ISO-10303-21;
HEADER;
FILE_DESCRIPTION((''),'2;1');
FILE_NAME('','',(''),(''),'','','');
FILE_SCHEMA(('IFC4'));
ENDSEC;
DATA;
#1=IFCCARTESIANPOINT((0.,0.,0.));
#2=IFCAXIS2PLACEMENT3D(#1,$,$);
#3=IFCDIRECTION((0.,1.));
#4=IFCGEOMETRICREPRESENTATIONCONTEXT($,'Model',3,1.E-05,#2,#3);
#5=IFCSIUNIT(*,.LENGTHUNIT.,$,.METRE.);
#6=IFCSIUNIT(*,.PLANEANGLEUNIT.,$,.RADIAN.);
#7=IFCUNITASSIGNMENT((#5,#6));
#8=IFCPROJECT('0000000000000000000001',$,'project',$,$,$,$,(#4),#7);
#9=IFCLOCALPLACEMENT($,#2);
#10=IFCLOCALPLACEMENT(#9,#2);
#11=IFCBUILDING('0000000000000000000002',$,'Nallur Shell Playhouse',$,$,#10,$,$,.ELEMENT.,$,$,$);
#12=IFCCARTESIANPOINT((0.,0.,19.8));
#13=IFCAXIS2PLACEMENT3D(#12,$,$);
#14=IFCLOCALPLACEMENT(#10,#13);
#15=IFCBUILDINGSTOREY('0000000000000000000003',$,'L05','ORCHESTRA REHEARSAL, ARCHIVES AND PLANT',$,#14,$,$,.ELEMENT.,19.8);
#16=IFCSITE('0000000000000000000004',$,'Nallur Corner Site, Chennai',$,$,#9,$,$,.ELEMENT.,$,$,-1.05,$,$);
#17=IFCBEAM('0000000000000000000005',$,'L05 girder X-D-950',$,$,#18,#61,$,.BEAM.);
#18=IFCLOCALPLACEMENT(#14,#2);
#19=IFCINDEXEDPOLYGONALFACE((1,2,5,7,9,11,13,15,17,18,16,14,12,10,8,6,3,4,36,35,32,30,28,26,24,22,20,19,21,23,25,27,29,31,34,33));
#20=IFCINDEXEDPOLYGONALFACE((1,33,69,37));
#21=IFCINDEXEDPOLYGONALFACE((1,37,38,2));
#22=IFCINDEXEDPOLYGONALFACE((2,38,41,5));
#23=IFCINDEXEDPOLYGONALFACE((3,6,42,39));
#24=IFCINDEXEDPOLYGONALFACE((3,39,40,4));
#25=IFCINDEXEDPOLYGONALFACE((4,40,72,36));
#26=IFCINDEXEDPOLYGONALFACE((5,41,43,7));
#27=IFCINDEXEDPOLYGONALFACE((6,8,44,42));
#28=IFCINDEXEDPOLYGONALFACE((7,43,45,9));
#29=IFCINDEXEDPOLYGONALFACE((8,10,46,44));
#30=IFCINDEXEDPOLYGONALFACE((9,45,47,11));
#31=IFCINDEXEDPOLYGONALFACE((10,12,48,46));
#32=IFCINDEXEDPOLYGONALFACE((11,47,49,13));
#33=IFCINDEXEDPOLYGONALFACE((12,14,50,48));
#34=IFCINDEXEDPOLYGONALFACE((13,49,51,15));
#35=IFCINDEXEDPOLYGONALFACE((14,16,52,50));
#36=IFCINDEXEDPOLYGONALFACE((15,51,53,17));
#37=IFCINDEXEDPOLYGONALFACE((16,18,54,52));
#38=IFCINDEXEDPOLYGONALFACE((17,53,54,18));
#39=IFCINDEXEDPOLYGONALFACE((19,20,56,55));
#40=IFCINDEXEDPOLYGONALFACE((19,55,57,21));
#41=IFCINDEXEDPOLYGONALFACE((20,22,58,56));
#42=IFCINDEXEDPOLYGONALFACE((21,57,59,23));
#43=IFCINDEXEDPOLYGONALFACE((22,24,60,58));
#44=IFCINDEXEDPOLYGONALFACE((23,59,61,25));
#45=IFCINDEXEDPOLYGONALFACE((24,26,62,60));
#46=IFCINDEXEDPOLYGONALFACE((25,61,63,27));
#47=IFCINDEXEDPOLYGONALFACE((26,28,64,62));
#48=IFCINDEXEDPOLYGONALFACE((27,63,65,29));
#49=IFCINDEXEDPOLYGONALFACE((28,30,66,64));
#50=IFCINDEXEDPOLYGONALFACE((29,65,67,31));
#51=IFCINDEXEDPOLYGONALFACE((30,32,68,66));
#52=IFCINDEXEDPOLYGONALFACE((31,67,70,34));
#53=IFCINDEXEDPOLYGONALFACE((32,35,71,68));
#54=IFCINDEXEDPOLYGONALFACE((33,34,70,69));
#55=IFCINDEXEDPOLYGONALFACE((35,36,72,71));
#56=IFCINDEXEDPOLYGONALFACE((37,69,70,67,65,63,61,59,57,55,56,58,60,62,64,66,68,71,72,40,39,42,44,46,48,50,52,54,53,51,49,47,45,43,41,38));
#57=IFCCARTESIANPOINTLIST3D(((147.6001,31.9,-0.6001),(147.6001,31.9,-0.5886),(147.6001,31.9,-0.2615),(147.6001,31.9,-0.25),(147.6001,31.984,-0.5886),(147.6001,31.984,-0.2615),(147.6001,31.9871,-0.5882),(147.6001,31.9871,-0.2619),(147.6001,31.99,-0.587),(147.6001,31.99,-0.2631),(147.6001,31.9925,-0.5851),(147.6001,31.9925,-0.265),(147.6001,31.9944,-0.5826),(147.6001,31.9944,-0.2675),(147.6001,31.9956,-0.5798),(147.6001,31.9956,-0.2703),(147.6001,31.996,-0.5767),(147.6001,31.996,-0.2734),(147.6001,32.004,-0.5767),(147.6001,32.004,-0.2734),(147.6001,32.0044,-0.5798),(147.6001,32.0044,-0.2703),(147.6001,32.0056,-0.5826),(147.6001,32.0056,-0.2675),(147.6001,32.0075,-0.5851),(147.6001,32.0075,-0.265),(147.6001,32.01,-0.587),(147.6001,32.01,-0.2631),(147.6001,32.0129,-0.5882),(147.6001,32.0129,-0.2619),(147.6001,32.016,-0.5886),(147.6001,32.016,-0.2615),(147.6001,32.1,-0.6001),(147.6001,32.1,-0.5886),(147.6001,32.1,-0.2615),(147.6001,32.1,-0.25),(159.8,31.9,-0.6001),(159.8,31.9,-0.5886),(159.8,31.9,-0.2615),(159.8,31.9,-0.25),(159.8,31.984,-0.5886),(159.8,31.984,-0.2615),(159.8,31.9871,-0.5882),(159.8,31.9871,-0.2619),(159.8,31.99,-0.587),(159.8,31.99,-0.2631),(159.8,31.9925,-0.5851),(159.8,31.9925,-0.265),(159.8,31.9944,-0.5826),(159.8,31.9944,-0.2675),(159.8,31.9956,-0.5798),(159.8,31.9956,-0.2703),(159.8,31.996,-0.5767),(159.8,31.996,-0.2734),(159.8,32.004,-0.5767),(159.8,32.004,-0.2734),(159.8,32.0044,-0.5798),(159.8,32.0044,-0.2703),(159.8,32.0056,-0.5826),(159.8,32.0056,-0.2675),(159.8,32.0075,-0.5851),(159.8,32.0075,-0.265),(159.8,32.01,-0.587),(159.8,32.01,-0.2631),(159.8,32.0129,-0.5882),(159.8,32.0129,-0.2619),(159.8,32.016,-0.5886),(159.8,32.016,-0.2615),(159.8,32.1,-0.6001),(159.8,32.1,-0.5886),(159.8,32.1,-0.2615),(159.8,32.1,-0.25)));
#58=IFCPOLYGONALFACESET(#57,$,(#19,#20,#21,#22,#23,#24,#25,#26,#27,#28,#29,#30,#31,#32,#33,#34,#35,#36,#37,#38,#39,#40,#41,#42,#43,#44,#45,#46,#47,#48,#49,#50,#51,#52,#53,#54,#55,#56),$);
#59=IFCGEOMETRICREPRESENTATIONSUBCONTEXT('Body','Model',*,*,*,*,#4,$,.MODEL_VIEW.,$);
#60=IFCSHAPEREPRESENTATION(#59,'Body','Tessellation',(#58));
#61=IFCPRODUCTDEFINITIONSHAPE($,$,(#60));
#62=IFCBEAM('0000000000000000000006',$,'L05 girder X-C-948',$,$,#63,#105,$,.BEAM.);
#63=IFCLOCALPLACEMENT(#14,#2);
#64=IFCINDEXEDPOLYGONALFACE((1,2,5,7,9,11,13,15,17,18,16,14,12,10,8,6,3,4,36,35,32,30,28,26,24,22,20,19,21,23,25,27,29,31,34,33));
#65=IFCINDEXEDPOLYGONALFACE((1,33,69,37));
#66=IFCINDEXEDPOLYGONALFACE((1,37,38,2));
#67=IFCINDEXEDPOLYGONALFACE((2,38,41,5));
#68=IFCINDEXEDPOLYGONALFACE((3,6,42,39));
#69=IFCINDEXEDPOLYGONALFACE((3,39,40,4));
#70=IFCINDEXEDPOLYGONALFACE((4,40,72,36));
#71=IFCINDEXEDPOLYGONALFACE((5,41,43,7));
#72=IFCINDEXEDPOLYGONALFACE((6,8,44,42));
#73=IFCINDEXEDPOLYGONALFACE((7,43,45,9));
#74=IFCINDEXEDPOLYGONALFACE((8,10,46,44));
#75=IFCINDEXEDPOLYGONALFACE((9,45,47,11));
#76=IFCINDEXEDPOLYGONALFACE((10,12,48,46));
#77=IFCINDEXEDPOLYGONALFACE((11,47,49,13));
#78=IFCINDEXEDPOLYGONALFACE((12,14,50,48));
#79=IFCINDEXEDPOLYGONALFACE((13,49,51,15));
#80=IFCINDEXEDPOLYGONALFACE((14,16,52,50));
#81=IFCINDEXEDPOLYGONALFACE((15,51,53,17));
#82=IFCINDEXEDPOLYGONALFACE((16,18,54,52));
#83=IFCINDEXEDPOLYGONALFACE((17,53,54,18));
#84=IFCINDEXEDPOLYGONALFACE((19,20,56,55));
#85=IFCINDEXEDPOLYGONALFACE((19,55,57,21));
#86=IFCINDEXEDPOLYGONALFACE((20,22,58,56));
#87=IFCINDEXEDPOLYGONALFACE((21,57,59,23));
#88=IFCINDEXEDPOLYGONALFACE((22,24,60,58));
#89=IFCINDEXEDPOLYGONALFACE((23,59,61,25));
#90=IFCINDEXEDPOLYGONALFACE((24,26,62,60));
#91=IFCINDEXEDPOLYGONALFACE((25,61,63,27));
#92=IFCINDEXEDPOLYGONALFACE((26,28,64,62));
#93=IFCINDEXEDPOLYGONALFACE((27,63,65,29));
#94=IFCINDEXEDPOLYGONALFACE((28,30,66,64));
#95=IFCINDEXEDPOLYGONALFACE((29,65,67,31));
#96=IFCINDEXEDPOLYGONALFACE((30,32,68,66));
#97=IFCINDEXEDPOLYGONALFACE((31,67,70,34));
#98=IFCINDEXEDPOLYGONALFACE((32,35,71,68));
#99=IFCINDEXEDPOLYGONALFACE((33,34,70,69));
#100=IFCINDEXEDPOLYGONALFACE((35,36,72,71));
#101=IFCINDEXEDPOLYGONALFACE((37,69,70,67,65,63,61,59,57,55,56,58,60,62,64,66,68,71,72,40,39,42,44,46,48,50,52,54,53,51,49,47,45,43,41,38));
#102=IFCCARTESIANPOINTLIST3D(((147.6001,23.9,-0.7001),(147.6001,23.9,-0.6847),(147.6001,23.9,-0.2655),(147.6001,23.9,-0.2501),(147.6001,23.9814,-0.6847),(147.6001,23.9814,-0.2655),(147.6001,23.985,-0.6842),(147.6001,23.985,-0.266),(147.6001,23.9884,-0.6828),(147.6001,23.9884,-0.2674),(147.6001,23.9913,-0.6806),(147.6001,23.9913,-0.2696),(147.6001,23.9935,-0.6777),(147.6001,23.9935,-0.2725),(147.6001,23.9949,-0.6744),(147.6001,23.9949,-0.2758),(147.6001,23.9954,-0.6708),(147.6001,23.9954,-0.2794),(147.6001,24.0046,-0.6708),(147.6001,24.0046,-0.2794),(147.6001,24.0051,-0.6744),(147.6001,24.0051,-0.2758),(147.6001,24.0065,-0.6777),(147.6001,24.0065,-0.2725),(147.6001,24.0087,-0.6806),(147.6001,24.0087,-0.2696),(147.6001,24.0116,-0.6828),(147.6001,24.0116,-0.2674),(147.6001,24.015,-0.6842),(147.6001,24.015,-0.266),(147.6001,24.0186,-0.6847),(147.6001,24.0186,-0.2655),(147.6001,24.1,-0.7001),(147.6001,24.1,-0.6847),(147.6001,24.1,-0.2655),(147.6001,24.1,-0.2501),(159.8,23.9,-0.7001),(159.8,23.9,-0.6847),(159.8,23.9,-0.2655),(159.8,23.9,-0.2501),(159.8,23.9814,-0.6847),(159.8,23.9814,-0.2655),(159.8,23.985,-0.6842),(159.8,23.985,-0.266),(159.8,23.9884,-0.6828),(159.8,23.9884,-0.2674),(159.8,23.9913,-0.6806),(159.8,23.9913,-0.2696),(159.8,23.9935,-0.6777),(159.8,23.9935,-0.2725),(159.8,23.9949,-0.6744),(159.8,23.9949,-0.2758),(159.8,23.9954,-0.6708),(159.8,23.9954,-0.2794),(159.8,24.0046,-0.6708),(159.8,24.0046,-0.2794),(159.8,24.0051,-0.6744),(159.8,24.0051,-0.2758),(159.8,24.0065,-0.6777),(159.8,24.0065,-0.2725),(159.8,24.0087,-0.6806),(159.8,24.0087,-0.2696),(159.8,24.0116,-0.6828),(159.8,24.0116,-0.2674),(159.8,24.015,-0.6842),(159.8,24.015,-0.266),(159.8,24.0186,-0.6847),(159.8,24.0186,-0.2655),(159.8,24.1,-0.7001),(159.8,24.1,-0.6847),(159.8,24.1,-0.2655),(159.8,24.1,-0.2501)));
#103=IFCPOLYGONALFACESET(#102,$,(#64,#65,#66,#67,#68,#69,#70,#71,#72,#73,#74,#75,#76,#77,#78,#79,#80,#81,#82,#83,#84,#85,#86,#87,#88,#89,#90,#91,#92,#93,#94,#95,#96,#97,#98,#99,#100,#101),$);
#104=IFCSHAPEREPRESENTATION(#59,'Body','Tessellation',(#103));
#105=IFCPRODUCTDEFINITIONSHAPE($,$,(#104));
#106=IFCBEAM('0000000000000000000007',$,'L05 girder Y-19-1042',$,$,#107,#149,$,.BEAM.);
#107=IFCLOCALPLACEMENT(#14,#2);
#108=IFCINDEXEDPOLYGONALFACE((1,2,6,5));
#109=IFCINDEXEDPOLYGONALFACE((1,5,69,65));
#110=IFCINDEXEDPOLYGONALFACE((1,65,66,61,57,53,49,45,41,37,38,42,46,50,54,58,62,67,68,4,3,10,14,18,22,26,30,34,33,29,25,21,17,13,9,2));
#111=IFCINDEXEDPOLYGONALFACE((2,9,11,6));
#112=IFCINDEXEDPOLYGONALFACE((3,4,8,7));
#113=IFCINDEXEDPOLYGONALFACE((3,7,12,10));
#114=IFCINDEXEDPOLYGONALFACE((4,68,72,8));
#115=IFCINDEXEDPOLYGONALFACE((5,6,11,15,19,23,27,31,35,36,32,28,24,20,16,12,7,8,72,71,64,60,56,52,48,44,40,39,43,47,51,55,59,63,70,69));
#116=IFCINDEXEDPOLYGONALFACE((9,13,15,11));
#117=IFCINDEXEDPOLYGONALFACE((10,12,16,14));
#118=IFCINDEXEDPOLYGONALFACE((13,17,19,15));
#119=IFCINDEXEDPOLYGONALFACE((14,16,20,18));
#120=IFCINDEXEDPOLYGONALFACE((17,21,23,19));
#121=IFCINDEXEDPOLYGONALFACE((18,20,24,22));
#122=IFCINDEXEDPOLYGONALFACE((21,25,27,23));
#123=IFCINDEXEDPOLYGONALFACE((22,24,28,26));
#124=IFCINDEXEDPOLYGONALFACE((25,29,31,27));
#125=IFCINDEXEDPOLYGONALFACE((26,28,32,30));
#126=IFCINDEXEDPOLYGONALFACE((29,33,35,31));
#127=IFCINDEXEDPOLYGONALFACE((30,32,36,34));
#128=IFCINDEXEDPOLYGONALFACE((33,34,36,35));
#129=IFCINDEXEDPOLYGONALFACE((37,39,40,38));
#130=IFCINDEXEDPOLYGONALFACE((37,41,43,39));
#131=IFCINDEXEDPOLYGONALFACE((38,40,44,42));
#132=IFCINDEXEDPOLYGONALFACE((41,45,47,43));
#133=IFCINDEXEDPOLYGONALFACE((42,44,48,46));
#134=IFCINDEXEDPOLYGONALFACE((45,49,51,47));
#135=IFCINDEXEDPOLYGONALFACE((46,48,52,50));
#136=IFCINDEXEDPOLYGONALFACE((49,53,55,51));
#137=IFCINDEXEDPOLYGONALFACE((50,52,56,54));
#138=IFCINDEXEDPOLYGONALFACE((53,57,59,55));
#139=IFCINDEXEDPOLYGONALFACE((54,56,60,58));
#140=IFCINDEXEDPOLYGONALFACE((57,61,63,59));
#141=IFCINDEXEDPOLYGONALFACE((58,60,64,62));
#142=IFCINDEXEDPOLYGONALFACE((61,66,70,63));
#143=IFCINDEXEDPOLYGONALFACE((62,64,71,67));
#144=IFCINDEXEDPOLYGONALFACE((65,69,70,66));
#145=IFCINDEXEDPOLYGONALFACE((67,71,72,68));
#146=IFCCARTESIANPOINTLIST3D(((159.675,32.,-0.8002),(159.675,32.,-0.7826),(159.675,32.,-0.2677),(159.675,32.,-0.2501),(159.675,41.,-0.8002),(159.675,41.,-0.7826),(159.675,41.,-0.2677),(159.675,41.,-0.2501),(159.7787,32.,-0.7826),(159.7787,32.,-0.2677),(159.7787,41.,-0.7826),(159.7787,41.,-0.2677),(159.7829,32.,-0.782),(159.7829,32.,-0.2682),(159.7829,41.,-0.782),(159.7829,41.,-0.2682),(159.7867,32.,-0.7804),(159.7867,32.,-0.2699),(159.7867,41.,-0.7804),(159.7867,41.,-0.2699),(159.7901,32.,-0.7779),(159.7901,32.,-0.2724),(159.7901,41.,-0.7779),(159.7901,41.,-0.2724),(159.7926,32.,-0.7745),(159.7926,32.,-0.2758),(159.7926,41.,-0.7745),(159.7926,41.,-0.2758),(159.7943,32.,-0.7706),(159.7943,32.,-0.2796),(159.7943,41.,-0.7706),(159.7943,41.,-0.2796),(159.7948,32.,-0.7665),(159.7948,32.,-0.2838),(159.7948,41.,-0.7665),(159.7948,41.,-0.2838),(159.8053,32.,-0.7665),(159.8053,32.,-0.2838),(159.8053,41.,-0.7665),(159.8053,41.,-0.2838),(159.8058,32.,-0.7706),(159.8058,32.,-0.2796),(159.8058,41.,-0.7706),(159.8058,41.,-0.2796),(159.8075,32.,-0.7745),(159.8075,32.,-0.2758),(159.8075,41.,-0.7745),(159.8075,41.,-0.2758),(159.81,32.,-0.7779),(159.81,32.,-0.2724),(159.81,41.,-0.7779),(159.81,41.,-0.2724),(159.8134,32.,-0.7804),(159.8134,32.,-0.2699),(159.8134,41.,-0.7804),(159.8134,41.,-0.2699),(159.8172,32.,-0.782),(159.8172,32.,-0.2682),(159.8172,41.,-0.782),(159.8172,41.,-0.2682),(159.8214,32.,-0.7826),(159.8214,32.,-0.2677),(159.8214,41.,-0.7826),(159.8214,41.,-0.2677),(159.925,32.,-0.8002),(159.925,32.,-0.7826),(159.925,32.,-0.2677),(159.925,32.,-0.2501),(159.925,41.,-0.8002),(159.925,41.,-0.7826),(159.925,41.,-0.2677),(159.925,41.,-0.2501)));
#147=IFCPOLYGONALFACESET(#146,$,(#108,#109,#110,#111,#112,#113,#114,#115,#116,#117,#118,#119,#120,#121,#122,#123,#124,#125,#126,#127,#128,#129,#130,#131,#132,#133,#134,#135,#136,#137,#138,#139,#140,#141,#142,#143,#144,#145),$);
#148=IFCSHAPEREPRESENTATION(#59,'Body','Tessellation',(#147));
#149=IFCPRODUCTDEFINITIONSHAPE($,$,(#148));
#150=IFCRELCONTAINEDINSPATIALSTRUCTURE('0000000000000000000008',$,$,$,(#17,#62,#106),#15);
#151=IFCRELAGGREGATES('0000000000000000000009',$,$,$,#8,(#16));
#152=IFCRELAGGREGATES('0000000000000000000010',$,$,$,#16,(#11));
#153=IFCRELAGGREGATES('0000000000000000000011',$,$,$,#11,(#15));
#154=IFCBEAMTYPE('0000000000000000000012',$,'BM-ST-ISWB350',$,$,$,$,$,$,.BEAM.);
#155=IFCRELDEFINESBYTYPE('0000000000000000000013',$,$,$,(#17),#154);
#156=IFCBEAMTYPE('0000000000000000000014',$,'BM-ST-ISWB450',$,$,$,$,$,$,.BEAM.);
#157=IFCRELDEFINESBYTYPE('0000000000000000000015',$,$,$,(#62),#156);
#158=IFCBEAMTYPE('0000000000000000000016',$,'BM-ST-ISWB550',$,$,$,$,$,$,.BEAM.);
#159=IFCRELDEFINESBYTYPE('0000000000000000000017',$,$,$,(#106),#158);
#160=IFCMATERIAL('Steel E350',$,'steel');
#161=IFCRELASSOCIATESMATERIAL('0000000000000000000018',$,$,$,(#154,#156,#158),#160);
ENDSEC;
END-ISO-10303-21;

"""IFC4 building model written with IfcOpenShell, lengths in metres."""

from ifc_helpers import new_model, si_unit, direction, frame, origin, origin_2d, place, context, subcontext, project, spatial, i_section, extrude, material, material_profile, profile_set, type_object, element, save


model = new_model("IFC4")

# Units and contexts
model_context = context("Model", 3, precision=1e-05, world=origin(), true_north=direction((0.0, 1.0)))
body_context = subcontext(model_context, "Body", "Model", "MODEL_VIEW")
ifc_project = project(units=[si_unit("LENGTHUNIT", "METRE"), si_unit("PLANEANGLEUNIT", "RADIAN")], contexts=[model_context])

# Site, building, storey
site_placement = place(None, origin())
site = spatial("IfcSite", under=ifc_project, at=site_placement, Name="Nallur Corner Site, Chennai", CompositionType="ELEMENT", RefElevation=-1.05)
building_placement = place(site_placement, origin())
building = spatial("IfcBuilding", under=site, at=building_placement, Name="Nallur Shell Playhouse", CompositionType="ELEMENT")
storey_placement = place(building_placement, frame((0.0, 0.0, 19.8)))
storey = spatial("IfcBuildingStorey", under=building, at=storey_placement, Name="L05", Description="ORCHESTRA REHEARSAL, ARCHIVES AND PLANT", CompositionType="ELEMENT", Elevation=19.8)

# Beams
ifc_material_1 = material(Name="Steel E350", Category="steel")
ifc_material_profile_1 = material_profile(ifc_material_1, i_section(OverallWidth=0.2, OverallDepth=0.3501, WebThickness=0.0081, FlangeThickness=0.0115, FilletRadius=0.012, at=origin_2d()), Name="ISWB 350")
ifc_profile_set_1 = profile_set([ifc_material_profile_1], Name="Steel E350")
beam_type_1 = type_object("IfcBeamType", Name="BM-ST-ISWB350", PredefinedType="BEAM", material=ifc_profile_set_1)
beam_1_placement = place(storey_placement, frame((147.6001, 32.0, -0.425), z_axis=(1.0, 0.0, 0.0), x_axis=(0.0, 1.0, 0.0)))
element("IfcBeam", 1, at=beam_1_placement, inside=storey, type_object=beam_type_1, Name="L05 girder X-D-950", PredefinedType="BEAM", context=body_context, shape_type="SweptSolid", body=[
    extrude(i_section(OverallWidth=0.2, OverallDepth=0.3501, WebThickness=0.0081, FlangeThickness=0.0115, FilletRadius=0.012, at=origin_2d()), origin(), (0.0, 0.0, 1.0), 12.2),
])
ifc_material_profile_2 = material_profile(ifc_material_1, i_section(OverallWidth=0.2, OverallDepth=0.45, WebThickness=0.0093, FlangeThickness=0.0154, FilletRadius=0.0139, at=origin_2d()), Name="ISWB 450")
ifc_profile_set_2 = profile_set([ifc_material_profile_2], Name="Steel E350")
beam_type_2 = type_object("IfcBeamType", Name="BM-ST-ISWB450", PredefinedType="BEAM", material=ifc_profile_set_2)
beam_2_placement = place(storey_placement, frame((147.6001, 24.0, -0.4751), z_axis=(1.0, 0.0, 0.0), x_axis=(0.0, 1.0, 0.0)))
element("IfcBeam", 2, at=beam_2_placement, inside=storey, type_object=beam_type_2, Name="L05 girder X-C-948", PredefinedType="BEAM", context=body_context, shape_type="SweptSolid", body=[
    extrude(i_section(OverallWidth=0.2, OverallDepth=0.45, WebThickness=0.0093, FlangeThickness=0.0154, FilletRadius=0.0139, at=origin_2d()), origin(), (0.0, 0.0, 1.0), 12.2),
])
ifc_material_profile_3 = material_profile(ifc_material_1, i_section(OverallWidth=0.25, OverallDepth=0.55, WebThickness=0.0105, FlangeThickness=0.0176, FilletRadius=0.0161, at=origin_2d()), Name="ISWB 550")
ifc_profile_set_3 = profile_set([ifc_material_profile_3], Name="Steel E350")
beam_type_3 = type_object("IfcBeamType", Name="BM-ST-ISWB550", PredefinedType="BEAM", material=ifc_profile_set_3)
beam_3_placement = place(storey_placement, frame((159.8, 32.0, -0.5251), z_axis=(0.0, 1.0, 0.0), x_axis=(-1.0, 0.0, 0.0)))
element("IfcBeam", 3, at=beam_3_placement, inside=storey, type_object=beam_type_3, Name="L05 girder Y-19-1042", PredefinedType="BEAM", context=body_context, shape_type="SweptSolid", body=[
    extrude(i_section(OverallWidth=0.25, OverallDepth=0.55, WebThickness=0.0105, FlangeThickness=0.0176, FilletRadius=0.0161, at=origin_2d()), origin(), (0.0, 0.0, 1.0), 9.0),
])

save(model, "model.ifc")
